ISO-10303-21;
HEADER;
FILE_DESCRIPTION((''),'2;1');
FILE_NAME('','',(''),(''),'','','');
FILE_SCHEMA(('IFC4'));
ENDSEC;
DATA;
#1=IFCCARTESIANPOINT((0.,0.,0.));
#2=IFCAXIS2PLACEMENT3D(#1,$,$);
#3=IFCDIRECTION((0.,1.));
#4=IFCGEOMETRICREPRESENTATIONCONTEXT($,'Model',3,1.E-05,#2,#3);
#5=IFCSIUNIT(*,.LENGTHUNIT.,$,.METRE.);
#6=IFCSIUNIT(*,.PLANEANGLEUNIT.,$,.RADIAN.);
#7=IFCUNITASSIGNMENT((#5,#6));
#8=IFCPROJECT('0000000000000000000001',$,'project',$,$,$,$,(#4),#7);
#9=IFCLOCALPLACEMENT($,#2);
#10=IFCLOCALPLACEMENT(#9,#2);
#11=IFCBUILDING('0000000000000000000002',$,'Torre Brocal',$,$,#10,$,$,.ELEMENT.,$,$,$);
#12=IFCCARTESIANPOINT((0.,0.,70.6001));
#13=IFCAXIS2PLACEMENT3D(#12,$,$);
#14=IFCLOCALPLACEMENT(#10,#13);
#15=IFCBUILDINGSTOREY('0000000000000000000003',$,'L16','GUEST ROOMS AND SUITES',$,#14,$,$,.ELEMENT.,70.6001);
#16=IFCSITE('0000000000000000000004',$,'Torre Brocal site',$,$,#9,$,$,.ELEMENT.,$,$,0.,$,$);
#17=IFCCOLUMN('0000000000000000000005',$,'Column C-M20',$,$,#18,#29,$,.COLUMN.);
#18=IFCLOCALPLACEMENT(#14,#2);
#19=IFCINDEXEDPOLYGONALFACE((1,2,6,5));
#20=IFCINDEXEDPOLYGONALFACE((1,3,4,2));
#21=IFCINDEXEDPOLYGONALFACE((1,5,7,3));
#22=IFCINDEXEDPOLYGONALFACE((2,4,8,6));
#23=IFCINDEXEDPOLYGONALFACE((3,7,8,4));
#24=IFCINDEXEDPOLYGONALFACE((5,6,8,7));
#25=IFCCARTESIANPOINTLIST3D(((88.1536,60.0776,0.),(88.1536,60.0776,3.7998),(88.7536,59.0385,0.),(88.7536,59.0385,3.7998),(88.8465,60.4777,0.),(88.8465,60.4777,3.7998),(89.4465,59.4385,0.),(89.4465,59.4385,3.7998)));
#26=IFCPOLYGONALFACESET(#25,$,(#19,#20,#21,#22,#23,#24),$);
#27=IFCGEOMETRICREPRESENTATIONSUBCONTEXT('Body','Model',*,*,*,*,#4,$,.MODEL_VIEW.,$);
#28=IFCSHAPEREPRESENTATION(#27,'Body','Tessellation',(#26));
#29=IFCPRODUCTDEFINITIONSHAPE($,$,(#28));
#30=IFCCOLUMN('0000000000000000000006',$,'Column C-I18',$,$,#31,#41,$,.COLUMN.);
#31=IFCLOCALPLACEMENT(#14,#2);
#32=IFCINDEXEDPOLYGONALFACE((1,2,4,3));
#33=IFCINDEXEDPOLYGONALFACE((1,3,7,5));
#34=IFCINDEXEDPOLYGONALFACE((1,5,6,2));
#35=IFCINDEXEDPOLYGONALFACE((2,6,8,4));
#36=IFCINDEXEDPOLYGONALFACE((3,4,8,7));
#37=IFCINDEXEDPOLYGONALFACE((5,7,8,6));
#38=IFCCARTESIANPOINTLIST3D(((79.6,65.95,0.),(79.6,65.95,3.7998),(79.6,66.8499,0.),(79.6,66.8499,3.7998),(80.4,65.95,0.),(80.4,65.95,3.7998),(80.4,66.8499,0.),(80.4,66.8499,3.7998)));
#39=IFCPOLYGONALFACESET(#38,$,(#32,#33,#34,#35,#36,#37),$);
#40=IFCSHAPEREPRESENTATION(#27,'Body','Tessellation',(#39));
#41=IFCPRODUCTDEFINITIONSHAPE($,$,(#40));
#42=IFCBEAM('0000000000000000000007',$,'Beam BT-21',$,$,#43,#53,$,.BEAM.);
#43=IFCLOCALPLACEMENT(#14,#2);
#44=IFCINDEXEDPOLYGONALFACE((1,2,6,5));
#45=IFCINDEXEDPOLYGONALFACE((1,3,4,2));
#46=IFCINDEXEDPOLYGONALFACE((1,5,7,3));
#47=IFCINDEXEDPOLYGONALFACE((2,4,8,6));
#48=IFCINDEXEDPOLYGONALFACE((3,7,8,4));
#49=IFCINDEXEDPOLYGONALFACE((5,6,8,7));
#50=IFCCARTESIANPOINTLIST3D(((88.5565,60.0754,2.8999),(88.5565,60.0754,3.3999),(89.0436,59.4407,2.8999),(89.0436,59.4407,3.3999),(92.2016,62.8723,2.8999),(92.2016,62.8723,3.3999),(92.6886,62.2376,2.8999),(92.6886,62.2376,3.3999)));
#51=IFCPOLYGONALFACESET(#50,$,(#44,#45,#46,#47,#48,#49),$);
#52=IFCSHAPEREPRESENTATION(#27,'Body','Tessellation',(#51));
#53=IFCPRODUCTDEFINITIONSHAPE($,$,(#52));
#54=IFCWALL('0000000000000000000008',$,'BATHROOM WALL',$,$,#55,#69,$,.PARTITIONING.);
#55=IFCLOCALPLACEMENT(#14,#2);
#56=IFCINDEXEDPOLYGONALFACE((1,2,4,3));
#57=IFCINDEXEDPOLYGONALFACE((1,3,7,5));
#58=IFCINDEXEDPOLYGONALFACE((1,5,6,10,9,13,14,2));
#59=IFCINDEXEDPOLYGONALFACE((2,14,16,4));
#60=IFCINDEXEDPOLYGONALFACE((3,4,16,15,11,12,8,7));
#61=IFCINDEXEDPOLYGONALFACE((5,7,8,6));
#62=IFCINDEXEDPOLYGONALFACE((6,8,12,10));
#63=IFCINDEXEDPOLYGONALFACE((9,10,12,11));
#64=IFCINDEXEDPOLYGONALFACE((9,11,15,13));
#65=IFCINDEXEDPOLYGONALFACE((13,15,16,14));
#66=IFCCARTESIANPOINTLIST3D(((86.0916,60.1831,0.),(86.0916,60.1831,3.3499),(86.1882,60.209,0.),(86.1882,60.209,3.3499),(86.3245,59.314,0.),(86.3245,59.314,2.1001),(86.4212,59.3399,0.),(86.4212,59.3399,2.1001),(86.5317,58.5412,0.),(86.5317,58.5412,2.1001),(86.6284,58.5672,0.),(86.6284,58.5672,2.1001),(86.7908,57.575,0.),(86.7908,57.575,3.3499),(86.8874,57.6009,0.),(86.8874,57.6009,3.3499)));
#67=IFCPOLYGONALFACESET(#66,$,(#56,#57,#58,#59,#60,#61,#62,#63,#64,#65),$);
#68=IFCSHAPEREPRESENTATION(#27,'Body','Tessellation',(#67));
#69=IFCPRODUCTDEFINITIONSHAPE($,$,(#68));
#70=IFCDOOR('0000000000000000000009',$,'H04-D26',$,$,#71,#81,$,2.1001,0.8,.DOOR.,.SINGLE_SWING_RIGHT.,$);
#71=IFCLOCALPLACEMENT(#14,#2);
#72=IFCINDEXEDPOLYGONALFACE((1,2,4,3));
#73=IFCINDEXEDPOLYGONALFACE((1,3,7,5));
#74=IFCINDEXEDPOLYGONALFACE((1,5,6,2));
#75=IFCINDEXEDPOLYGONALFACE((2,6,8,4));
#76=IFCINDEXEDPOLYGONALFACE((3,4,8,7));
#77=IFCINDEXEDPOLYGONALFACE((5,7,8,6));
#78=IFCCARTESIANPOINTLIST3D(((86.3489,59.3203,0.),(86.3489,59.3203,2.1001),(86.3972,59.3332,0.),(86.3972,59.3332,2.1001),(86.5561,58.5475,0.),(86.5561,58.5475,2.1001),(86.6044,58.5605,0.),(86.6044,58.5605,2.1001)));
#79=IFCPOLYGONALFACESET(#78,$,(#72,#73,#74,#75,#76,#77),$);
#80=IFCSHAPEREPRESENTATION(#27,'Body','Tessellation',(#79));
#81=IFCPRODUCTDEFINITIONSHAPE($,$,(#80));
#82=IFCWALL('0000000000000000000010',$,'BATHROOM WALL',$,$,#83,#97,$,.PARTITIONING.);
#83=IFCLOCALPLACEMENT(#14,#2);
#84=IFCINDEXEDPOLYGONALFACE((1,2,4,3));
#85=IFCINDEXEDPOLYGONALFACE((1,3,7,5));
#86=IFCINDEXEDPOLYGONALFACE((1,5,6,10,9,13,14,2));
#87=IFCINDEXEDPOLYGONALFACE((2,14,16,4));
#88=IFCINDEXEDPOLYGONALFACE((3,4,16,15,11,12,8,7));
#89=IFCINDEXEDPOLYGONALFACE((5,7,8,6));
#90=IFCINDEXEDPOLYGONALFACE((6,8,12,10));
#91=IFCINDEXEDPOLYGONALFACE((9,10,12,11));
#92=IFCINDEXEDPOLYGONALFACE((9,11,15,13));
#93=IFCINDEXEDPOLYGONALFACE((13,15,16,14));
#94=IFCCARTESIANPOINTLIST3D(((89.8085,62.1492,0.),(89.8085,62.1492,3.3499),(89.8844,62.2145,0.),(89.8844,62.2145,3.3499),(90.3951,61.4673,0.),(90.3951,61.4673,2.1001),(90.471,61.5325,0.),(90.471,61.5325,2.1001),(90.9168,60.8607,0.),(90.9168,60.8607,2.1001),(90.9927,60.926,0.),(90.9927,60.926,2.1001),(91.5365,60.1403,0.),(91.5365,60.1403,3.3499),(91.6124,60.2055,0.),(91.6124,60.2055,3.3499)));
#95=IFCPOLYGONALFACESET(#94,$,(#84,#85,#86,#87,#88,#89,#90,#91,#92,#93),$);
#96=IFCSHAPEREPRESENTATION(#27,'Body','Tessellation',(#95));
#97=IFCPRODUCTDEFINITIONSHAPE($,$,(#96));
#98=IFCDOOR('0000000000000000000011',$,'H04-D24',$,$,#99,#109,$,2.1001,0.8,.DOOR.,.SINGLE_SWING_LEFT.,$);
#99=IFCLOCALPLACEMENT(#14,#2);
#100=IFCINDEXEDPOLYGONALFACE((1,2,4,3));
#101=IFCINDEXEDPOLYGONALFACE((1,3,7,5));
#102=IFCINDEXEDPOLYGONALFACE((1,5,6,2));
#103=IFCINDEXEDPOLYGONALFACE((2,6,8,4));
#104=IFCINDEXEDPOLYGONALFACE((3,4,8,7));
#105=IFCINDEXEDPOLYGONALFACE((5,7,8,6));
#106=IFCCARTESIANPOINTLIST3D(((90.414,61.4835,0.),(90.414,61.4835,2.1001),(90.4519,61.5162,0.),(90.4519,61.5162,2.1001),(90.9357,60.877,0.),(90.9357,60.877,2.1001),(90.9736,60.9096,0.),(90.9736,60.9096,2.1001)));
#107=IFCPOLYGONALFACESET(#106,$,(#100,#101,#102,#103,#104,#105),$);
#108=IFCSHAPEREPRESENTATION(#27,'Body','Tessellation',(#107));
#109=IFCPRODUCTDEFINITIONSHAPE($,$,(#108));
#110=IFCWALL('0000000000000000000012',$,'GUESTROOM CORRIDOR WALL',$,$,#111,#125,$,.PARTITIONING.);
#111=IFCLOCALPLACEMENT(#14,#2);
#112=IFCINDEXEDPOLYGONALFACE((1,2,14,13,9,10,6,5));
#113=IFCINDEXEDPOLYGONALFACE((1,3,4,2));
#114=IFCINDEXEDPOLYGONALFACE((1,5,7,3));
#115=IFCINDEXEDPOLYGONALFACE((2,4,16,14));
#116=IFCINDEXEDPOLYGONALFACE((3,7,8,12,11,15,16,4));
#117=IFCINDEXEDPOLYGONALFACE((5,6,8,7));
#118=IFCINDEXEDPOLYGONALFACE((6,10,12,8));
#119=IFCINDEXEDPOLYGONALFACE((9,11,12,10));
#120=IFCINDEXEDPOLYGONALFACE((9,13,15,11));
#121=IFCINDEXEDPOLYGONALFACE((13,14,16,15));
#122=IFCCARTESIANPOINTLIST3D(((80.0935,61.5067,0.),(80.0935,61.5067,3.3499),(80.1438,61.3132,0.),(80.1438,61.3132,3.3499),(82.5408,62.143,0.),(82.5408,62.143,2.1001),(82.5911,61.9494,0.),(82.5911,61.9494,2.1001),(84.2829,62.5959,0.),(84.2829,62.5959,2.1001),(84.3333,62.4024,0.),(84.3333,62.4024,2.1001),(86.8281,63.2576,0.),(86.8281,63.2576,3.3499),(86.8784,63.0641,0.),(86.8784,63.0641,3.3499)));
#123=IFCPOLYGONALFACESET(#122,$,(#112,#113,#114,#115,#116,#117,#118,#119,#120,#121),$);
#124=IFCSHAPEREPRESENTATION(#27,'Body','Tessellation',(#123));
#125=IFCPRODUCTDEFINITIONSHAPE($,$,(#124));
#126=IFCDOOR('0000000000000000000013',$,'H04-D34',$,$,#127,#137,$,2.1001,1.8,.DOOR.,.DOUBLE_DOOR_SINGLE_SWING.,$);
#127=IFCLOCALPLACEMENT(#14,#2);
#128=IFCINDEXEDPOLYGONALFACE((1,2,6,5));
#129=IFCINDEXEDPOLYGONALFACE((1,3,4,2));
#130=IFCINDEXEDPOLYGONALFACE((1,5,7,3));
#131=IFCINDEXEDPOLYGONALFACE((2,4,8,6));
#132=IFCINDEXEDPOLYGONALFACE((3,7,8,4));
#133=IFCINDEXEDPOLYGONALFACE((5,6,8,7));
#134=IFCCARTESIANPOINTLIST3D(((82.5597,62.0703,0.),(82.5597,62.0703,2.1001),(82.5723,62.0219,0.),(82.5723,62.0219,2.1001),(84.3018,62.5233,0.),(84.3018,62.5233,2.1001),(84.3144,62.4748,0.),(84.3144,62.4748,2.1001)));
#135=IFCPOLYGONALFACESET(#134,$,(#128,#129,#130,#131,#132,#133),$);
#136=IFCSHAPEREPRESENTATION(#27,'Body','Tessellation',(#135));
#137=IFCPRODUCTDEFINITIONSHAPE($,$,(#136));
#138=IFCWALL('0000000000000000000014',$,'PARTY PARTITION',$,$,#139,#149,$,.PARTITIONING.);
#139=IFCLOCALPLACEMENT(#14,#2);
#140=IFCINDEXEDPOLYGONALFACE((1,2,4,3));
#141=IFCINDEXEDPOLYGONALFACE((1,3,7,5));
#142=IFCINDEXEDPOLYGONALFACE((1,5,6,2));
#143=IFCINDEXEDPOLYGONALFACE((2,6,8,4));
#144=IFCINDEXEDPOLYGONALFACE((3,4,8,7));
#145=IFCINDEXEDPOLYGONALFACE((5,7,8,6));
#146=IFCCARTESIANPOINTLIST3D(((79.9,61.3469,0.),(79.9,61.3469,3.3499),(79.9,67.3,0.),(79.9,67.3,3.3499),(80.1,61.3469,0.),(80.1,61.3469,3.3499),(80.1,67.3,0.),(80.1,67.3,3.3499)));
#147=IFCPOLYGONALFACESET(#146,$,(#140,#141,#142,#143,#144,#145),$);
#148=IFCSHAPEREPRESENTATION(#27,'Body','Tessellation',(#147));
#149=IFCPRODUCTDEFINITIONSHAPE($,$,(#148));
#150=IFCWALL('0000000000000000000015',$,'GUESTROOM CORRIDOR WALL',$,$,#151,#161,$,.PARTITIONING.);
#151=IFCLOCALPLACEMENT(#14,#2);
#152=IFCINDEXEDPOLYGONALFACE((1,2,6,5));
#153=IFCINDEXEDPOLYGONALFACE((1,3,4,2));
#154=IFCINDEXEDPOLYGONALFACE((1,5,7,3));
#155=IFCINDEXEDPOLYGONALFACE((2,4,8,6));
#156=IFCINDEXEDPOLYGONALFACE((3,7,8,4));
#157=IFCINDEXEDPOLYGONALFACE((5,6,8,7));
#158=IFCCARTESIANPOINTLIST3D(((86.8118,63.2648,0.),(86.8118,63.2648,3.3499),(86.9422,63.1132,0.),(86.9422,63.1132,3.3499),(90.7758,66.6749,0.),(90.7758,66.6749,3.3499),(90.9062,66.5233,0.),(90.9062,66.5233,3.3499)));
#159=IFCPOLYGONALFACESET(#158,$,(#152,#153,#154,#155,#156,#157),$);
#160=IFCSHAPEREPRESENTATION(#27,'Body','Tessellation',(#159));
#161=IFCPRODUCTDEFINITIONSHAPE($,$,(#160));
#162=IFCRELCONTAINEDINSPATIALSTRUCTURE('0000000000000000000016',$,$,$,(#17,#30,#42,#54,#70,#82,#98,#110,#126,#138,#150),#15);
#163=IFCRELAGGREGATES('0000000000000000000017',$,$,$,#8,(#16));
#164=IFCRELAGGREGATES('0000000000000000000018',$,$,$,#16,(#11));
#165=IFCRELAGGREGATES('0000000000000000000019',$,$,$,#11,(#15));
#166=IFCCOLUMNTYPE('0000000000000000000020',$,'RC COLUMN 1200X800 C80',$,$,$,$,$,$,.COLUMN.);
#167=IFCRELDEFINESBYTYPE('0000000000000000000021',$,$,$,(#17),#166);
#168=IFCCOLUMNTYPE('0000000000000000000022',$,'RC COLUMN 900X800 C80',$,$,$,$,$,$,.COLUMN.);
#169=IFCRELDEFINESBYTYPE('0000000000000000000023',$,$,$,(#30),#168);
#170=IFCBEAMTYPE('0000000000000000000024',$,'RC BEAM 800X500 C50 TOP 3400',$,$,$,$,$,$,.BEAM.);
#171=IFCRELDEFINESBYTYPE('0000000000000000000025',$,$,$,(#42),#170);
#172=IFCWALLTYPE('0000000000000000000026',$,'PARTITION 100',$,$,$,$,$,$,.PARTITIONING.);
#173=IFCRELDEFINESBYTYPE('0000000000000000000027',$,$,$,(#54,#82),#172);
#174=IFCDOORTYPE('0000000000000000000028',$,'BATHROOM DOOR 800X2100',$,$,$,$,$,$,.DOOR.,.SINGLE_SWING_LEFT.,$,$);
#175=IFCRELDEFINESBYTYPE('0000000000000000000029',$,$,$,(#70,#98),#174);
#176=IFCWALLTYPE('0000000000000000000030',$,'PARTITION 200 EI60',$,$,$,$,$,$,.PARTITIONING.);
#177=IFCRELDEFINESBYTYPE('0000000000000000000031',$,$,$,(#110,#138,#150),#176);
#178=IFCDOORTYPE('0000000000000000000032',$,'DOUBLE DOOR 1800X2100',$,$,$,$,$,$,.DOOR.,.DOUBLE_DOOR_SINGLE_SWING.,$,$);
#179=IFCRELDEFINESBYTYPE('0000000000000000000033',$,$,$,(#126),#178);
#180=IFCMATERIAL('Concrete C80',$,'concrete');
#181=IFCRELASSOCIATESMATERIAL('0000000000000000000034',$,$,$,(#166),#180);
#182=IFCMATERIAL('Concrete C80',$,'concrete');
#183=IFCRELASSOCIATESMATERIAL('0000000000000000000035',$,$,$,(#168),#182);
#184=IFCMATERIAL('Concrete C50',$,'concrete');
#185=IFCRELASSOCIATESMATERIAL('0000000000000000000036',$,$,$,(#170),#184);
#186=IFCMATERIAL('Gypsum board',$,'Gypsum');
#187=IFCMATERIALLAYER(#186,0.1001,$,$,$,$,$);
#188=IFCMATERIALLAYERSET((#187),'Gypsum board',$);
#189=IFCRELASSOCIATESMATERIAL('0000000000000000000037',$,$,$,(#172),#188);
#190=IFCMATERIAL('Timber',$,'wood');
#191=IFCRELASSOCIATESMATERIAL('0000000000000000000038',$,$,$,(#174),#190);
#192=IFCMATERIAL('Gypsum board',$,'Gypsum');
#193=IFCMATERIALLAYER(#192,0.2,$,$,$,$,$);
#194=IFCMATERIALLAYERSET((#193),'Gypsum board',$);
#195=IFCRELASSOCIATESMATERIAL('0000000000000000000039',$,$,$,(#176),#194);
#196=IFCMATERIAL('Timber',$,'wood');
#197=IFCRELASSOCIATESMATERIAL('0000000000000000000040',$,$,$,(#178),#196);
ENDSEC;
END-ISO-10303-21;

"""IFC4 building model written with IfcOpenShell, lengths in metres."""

from ifc_helpers import new_model, si_unit, direction, frame, frame_2d, origin, origin_2d, place, context, subcontext, project, spatial, rectangle, extrude, material, layer, layer_set, material_profile, profile_set, type_object, element, fill, save


model = new_model("IFC4")

# Units and contexts
model_context = context("Model", 3, precision=1e-05, world=origin(), true_north=direction((0.0, 1.0)))
body_context = subcontext(model_context, "Body", "Model", "MODEL_VIEW")
ifc_project = project(units=[si_unit("LENGTHUNIT", "METRE"), si_unit("PLANEANGLEUNIT", "RADIAN")], contexts=[model_context])

# Site, building, storey
site_placement = place(None, origin())
site = spatial("IfcSite", under=ifc_project, at=site_placement, Name="Torre Brocal site", CompositionType="ELEMENT", RefElevation=0.0)
building_placement = place(site_placement, origin())
building = spatial("IfcBuilding", under=site, at=building_placement, Name="Torre Brocal", CompositionType="ELEMENT")
storey_placement = place(building_placement, frame((0.0, 0.0, 70.6001)))
storey = spatial("IfcBuildingStorey", under=building, at=storey_placement, Name="L16", Description="GUEST ROOMS AND SUITES", CompositionType="ELEMENT", Elevation=70.6001)

# Columns
ifc_material_1 = material(Name="Concrete C80", Category="concrete")
ifc_material_profile_1 = material_profile(ifc_material_1, rectangle(XDim=1.2, YDim=0.8, at=origin_2d()), Name="RC 1200X800")
ifc_profile_set_1 = profile_set([ifc_material_profile_1], Name="Concrete C80")
column_type_1 = type_object("IfcColumnType", Name="RC COLUMN 1200X800 C80", PredefinedType="COLUMN", material=ifc_profile_set_1)
column_1_placement = place(storey_placement, frame((88.8, 59.7581, 0.0), z_axis=(0.0, 0.0, 1.0), x_axis=(0.5, -0.866025, 0.0)))
element("IfcColumn", 1, at=column_1_placement, inside=storey, type_object=column_type_1, Name="Column C-M20", PredefinedType="COLUMN", context=body_context, shape_type="SweptSolid", body=[
    extrude(rectangle(XDim=1.2, YDim=0.8, at=origin_2d()), origin(), (0.0, 0.0, 1.0), 3.7998),
])
ifc_material_2 = material(Name="Concrete C80", Category="concrete")
ifc_material_profile_2 = material_profile(ifc_material_2, rectangle(XDim=0.8999, YDim=0.8, at=origin_2d()), Name="RC 900X800")
ifc_profile_set_2 = profile_set([ifc_material_profile_2], Name="Concrete C80")
column_type_2 = type_object("IfcColumnType", Name="RC COLUMN 900X800 C80", PredefinedType="COLUMN", material=ifc_profile_set_2)
column_2_placement = place(storey_placement, frame((80.0, 66.3999, 0.0), z_axis=(0.0, 0.0, 1.0), x_axis=(0.0, -1.0, 0.0)))
element("IfcColumn", 2, at=column_2_placement, inside=storey, type_object=column_type_2, Name="Column C-I18", PredefinedType="COLUMN", context=body_context, shape_type="SweptSolid", body=[
    extrude(rectangle(XDim=0.8999, YDim=0.8, at=origin_2d()), origin(), (0.0, 0.0, 1.0), 3.7998),
])

# Beam
ifc_material_3 = material(Name="Concrete C50", Category="concrete")
ifc_material_profile_3 = material_profile(ifc_material_3, rectangle(XDim=0.8, YDim=0.5, at=origin_2d()), Name="RC 800X500")
ifc_profile_set_3 = profile_set([ifc_material_profile_3], Name="Concrete C50")
beam_type = type_object("IfcBeamType", Name="RC BEAM 800X500 C50 TOP 3400", PredefinedType="BEAM", material=ifc_profile_set_3)
beam_placement = place(storey_placement, frame((88.8, 59.7581, 3.1499), z_axis=(0.793358, 0.608755, 0.0), x_axis=(-0.608755, 0.793358, 0.0)))
element("IfcBeam", 3, at=beam_placement, inside=storey, type_object=beam_type, Name="Beam BT-21", PredefinedType="BEAM", context=body_context, shape_type="SweptSolid", body=[
    extrude(rectangle(XDim=0.8, YDim=0.5, at=origin_2d()), origin(), (0.0, 0.0, 1.0), 4.5945),
])

# Walls, openings, doors
ifc_material_4 = material(Name="Gypsum board", Category="Gypsum")
ifc_layer_1 = layer(ifc_material_4, 0.1001)
ifc_layer_set_1 = layer_set([ifc_layer_1], Name="Gypsum board")
wall_type_1 = type_object("IfcWallType", Name="PARTITION 100", PredefinedType="PARTITIONING", material=ifc_layer_set_1)
wall_1_placement = place(storey_placement, frame((86.1399, 60.196, 0.0), z_axis=(0.0, 0.0, 1.0), x_axis=(0.258945, -0.965892, 0.0)))
wall_1 = element("IfcWall", 4, at=wall_1_placement, inside=storey, type_object=wall_type_1, Name="BATHROOM WALL", PredefinedType="PARTITIONING", context=body_context, shape_type="SweptSolid", body=[
    extrude(rectangle(XDim=2.7002, YDim=0.1001, at=frame_2d((1.3501, 0.0))), origin(), (0.0, 0.0, 1.0), 3.3499),
])
opening_1_placement = place(wall_1_placement, frame((0.8999, 0.0, 0.0)))
opening_1 = element("IfcOpeningElement", 5, at=opening_1_placement, cuts=wall_1, PredefinedType="OPENING", context=body_context, shape_type="SweptSolid", body=[
    extrude(rectangle(XDim=0.8, YDim=2.1001, at=frame_2d((0.3999, 1.05))), frame((0.0, 0.0601, 0.0), z_axis=(0.0, -1.0, 0.0), x_axis=(1.0, 0.0, 0.0)), (0.0, 0.0, 1.0), 0.1201),
])
ifc_material_5 = material(Name="Timber", Category="wood")
door_type_1 = type_object("IfcDoorType", Name="BATHROOM DOOR 800X2100", OperationType="SINGLE_SWING_LEFT", PredefinedType="DOOR", material=ifc_material_5)
door_1_placement = place(opening_1_placement, frame((0.8, 0.0, 0.0), z_axis=(0.0, 0.0, 1.0), x_axis=(-1.0, 0.0, 0.0)))
door_1 = element("IfcDoor", 6, at=door_1_placement, inside=storey, type_object=door_type_1, Name="H04-D26", OperationType="SINGLE_SWING_RIGHT", OverallHeight=2.1001, OverallWidth=0.8, PredefinedType="DOOR", context=body_context, shape_type="SweptSolid", body=[
    extrude(rectangle(XDim=0.8, YDim=2.1001, at=frame_2d((0.3999, 1.05))), frame((0.0, 0.0249, 0.0), z_axis=(0.0, -1.0, 0.0), x_axis=(1.0, 0.0, 0.0)), (0.0, 0.0, 1.0), 0.05),
])
fill(opening_1, door_1)
wall_2_placement = place(storey_placement, frame((89.8464, 62.1819, 0.0), z_axis=(0.0, 0.0, 1.0), x_axis=(0.652095, -0.758137, 0.0)))
wall_2 = element("IfcWall", 7, at=wall_2_placement, inside=storey, type_object=wall_type_1, Name="BATHROOM WALL", PredefinedType="PARTITIONING", context=body_context, shape_type="SweptSolid", body=[
    extrude(rectangle(XDim=2.6499, YDim=0.1001, at=frame_2d((1.325, 0.0))), origin(), (0.0, 0.0, 1.0), 3.3499),
])
opening_2_placement = place(wall_2_placement, frame((0.8997, 0.0, 0.0)))
opening_2 = element("IfcOpeningElement", 8, at=opening_2_placement, cuts=wall_2, PredefinedType="OPENING", context=body_context, shape_type="SweptSolid", body=[
    extrude(rectangle(XDim=0.8, YDim=2.1001, at=frame_2d((0.3999, 1.05))), frame((0.0, 0.0601, 0.0), z_axis=(0.0, -1.0, 0.0), x_axis=(1.0, 0.0, 0.0)), (0.0, 0.0, 1.0), 0.1201),
])
door_2_placement = place(opening_2_placement, origin())
door_2 = element("IfcDoor", 9, at=door_2_placement, inside=storey, type_object=door_type_1, Name="H04-D24", OperationType="SINGLE_SWING_LEFT", OverallHeight=2.1001, OverallWidth=0.8, PredefinedType="DOOR", context=body_context, shape_type="SweptSolid", body=[
    extrude(rectangle(XDim=0.8, YDim=2.1001, at=frame_2d((0.3999, 1.05))), frame((0.0, 0.0249, 0.0), z_axis=(0.0, -1.0, 0.0), x_axis=(1.0, 0.0, 0.0)), (0.0, 0.0, 1.0), 0.05),
])
fill(opening_2, door_2)
ifc_material_6 = material(Name="Gypsum board", Category="Gypsum")
ifc_layer_2 = layer(ifc_material_6, 0.2)
ifc_layer_set_2 = layer_set([ifc_layer_2], Name="Gypsum board")
wall_type_2 = type_object("IfcWallType", Name="PARTITION 200 EI60", PredefinedType="PARTITIONING", material=ifc_layer_set_2)
wall_3_placement = place(storey_placement, frame((80.1187, 61.4099, 0.0), z_axis=(0.0, 0.0, 1.0), x_axis=(0.967823, 0.251631, 0.0)))
wall_3 = element("IfcWall", 10, at=wall_3_placement, inside=storey, type_object=wall_type_2, Name="GUESTROOM CORRIDOR WALL", PredefinedType="PARTITIONING", context=body_context, shape_type="SweptSolid", body=[
    extrude(rectangle(XDim=6.9585, YDim=0.2, at=frame_2d((3.4792, 0.0))), origin(), (0.0, 0.0, 1.0), 3.3499),
])
opening_3_placement = place(wall_3_placement, frame((2.5288, 0.0, 0.0)))
opening_3 = element("IfcOpeningElement", 11, at=opening_3_placement, cuts=wall_3, PredefinedType="OPENING", context=body_context, shape_type="SweptSolid", body=[
    extrude(rectangle(XDim=1.8, YDim=2.1001, at=frame_2d((0.8999, 1.05))), frame((0.0, 0.1099, 0.0), z_axis=(0.0, -1.0, 0.0), x_axis=(1.0, 0.0, 0.0)), (0.0, 0.0, 1.0), 0.22),
])
ifc_material_7 = material(Name="Timber", Category="wood")
door_type_2 = type_object("IfcDoorType", Name="DOUBLE DOOR 1800X2100", OperationType="DOUBLE_DOOR_SINGLE_SWING", PredefinedType="DOOR", material=ifc_material_7)
door_3_placement = place(opening_3_placement, origin())
door_3 = element("IfcDoor", 12, at=door_3_placement, inside=storey, type_object=door_type_2, Name="H04-D34", OperationType="DOUBLE_DOOR_SINGLE_SWING", OverallHeight=2.1001, OverallWidth=1.8, PredefinedType="DOOR", context=body_context, shape_type="SweptSolid", body=[
    extrude(rectangle(XDim=1.8, YDim=2.1001, at=frame_2d((0.8999, 1.05))), frame((0.0, 0.0249, 0.0), z_axis=(0.0, -1.0, 0.0), x_axis=(1.0, 0.0, 0.0)), (0.0, 0.0, 1.0), 0.05),
])
fill(opening_3, door_3)

# Walls
wall_4_placement = place(storey_placement, frame((80.0, 61.3469, 0.0), z_axis=(0.0, 0.0, 1.0), x_axis=(0.0, 1.0, 0.0)))
element("IfcWall", 13, at=wall_4_placement, inside=storey, type_object=wall_type_2, Name="PARTY PARTITION", PredefinedType="PARTITIONING", context=body_context, shape_type="SweptSolid", body=[
    extrude(rectangle(XDim=5.9531, YDim=0.2, at=frame_2d((2.9766, 0.0))), origin(), (0.0, 0.0, 1.0), 3.3499),
])
wall_5_placement = place(storey_placement, frame((86.877, 63.189, 0.0), z_axis=(0.0, 0.0, 1.0), x_axis=(0.758089, 0.652151, 0.0)))
element("IfcWall", 14, at=wall_5_placement, inside=storey, type_object=wall_type_2, Name="GUESTROOM CORRIDOR WALL", PredefinedType="PARTITIONING", context=body_context, shape_type="SweptSolid", body=[
    extrude(rectangle(XDim=5.229, YDim=0.2, at=frame_2d((2.6145, 0.0))), origin(), (0.0, 0.0, 1.0), 3.3499),
])

save(model, "model.ifc")
